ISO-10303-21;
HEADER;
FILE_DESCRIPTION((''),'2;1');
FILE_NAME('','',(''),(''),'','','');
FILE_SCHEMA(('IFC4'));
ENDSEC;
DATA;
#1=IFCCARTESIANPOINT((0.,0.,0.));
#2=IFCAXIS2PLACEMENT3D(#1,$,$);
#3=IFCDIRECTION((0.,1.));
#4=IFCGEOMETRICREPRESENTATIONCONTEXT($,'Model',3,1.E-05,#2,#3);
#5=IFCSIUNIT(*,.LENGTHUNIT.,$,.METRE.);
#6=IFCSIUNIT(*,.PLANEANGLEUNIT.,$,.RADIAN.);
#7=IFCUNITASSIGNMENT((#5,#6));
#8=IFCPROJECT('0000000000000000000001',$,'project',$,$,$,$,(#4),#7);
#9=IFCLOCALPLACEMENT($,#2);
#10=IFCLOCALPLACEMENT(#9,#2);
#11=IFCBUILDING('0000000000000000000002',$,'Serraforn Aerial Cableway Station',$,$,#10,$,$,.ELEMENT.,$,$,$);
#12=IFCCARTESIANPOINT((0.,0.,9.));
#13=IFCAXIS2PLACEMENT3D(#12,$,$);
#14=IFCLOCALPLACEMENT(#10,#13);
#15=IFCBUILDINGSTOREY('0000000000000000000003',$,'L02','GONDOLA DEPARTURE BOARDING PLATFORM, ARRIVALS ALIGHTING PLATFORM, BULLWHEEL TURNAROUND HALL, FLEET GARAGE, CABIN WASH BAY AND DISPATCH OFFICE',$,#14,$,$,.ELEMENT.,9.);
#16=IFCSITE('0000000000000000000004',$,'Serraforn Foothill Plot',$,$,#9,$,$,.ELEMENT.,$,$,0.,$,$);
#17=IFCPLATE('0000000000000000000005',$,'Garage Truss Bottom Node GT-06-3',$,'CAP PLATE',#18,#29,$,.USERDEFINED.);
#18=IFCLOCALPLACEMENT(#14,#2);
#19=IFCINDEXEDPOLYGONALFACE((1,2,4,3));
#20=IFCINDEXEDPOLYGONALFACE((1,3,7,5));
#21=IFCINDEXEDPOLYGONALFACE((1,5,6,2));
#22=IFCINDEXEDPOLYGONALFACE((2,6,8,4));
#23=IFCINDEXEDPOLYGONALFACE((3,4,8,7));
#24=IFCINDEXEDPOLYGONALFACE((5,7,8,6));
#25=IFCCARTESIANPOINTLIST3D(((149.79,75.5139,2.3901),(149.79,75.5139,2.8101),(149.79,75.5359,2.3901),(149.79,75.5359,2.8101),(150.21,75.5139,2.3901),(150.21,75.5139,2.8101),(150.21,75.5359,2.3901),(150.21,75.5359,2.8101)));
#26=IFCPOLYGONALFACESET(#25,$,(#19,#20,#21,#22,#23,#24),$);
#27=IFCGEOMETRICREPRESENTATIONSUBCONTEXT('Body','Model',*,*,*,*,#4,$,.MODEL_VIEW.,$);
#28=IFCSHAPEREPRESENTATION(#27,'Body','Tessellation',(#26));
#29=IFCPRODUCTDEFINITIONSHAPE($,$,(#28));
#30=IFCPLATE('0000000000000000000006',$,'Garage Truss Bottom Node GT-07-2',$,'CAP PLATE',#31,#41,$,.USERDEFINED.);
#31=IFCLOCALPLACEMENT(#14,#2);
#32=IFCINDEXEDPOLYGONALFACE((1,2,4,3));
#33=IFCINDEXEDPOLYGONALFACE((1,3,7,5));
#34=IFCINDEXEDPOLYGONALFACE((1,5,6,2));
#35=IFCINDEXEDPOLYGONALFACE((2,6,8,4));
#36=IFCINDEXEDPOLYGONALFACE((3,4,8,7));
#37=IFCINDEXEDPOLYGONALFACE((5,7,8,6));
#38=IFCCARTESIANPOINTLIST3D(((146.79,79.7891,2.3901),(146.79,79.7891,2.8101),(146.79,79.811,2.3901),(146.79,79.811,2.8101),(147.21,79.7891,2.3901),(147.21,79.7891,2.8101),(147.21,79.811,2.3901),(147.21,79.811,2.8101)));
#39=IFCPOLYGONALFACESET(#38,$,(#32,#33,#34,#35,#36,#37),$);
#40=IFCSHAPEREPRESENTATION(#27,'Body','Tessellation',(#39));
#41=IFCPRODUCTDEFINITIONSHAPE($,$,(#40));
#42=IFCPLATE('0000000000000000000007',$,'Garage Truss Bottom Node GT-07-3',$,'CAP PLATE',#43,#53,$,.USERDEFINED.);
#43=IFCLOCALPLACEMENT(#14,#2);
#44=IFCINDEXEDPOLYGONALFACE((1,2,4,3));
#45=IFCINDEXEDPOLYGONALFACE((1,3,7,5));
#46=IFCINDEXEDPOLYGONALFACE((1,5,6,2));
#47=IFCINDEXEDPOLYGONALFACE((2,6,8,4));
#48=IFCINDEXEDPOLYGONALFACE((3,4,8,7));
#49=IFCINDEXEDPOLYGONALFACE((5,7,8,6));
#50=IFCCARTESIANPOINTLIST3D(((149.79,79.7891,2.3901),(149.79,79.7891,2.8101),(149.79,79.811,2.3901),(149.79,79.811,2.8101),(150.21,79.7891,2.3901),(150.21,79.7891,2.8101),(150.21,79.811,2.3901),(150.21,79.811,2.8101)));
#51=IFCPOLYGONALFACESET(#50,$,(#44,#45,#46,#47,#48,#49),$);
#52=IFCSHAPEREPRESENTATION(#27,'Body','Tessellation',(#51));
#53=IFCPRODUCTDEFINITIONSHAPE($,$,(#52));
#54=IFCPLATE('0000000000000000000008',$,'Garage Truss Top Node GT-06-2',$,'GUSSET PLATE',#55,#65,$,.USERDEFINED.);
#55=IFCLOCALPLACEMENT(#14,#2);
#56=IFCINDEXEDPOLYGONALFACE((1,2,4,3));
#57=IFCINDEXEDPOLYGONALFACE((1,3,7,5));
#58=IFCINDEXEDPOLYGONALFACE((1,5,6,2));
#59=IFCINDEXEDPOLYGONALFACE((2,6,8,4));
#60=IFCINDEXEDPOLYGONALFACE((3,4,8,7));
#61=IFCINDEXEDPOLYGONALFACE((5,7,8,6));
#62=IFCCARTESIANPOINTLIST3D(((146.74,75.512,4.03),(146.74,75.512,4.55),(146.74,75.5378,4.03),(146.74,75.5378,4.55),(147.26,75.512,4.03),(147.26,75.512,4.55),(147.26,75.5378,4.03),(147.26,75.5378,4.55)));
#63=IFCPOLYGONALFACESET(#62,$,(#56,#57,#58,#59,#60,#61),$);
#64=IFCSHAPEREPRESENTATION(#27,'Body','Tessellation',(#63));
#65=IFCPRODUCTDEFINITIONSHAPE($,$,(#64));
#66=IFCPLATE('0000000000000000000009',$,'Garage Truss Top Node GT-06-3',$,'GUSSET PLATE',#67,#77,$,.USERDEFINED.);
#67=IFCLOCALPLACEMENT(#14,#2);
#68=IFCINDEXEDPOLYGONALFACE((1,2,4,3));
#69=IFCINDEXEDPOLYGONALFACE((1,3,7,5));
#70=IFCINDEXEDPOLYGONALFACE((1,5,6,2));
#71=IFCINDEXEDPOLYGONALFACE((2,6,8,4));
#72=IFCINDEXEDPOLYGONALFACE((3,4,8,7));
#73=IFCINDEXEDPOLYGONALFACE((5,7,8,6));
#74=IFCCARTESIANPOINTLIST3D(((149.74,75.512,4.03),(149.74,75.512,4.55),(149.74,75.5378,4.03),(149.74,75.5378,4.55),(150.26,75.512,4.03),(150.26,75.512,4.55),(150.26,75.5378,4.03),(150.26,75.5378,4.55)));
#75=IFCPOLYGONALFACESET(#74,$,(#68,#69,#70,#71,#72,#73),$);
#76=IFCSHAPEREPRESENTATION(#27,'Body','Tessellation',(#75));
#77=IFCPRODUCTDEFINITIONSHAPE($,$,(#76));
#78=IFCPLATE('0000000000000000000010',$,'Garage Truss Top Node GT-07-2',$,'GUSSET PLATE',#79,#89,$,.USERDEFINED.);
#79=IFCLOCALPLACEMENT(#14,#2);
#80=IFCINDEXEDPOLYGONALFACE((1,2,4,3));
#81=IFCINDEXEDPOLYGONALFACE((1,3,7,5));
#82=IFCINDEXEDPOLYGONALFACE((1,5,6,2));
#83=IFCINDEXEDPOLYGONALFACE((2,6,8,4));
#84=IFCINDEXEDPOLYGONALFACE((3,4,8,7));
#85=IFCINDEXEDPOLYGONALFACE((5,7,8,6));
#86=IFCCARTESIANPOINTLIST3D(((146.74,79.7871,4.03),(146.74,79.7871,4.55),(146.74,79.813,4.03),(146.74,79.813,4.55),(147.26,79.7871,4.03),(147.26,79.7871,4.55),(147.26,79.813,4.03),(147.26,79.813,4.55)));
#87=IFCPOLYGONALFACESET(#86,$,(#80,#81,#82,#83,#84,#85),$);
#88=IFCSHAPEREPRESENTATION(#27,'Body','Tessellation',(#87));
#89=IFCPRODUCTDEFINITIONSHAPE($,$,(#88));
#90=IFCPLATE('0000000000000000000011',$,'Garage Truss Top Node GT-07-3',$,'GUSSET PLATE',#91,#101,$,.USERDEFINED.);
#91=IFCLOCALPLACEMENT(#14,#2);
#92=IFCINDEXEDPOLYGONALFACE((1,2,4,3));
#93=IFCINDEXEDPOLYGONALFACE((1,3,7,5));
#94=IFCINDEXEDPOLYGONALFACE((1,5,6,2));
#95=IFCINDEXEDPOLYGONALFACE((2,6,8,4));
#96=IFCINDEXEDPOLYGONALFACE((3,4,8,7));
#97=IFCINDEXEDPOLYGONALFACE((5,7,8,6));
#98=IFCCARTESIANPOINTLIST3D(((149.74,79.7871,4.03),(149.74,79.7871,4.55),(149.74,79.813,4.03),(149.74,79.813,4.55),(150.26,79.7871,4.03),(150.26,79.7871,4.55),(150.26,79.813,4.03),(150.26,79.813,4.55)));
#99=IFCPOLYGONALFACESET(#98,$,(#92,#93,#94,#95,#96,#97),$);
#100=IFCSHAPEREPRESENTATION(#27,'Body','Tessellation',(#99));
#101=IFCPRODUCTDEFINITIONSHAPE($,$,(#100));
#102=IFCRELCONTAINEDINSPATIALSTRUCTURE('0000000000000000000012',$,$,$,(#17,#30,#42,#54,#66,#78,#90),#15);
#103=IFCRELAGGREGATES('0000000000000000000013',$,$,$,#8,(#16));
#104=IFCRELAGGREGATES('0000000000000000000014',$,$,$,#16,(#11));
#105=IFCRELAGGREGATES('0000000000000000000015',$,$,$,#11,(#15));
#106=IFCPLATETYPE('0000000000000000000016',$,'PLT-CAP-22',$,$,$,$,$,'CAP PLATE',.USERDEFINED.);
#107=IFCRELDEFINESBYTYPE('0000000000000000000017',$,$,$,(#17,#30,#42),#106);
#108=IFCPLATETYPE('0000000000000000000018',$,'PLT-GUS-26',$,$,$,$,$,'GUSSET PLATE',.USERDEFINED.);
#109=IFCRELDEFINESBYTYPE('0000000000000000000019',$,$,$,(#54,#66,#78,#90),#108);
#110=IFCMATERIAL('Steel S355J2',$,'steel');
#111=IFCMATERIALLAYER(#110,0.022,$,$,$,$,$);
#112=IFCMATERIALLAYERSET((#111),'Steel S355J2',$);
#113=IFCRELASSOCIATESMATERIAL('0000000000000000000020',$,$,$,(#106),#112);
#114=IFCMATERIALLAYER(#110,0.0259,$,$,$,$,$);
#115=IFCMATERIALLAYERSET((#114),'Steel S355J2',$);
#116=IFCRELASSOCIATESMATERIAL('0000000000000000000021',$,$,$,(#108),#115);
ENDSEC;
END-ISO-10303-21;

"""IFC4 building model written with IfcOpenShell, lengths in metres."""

from ifc_helpers import new_model, si_unit, direction, frame, origin, origin_2d, place, context, subcontext, project, spatial, rectangle, extrude, material, layer, layer_set, type_object, element, save


model = new_model("IFC4")

# Units and contexts
model_context = context("Model", 3, precision=1e-05, world=origin(), true_north=direction((0.0, 1.0)))
body_context = subcontext(model_context, "Body", "Model", "MODEL_VIEW")
ifc_project = project(units=[si_unit("LENGTHUNIT", "METRE"), si_unit("PLANEANGLEUNIT", "RADIAN")], contexts=[model_context])

# Site, building, storey
site_placement = place(None, origin())
site = spatial("IfcSite", under=ifc_project, at=site_placement, Name="Serraforn Foothill Plot", CompositionType="ELEMENT", RefElevation=0.0)
building_placement = place(site_placement, origin())
building = spatial("IfcBuilding", under=site, at=building_placement, Name="Serraforn Aerial Cableway Station", CompositionType="ELEMENT")
storey_placement = place(building_placement, frame((0.0, 0.0, 9.0)))
storey = spatial("IfcBuildingStorey", under=building, at=storey_placement, Name="L02", Description="GONDOLA DEPARTURE BOARDING PLATFORM, ARRIVALS ALIGHTING PLATFORM, BULLWHEEL TURNAROUND HALL, FLEET GARAGE, CABIN WASH BAY AND DISPATCH OFFICE", CompositionType="ELEMENT", Elevation=9.0)

# Shared definitions
ifc_material_1 = material(Name="Steel S355J2", Category="steel")

# Plates
ifc_layer_1 = layer(ifc_material_1, 0.022)
ifc_layer_set_1 = layer_set([ifc_layer_1], Name="Steel S355J2")
plate_type_1 = type_object("IfcPlateType", Name="PLT-CAP-22", ElementType="CAP PLATE", PredefinedType="USERDEFINED", material=ifc_layer_set_1)
for number, where, z_axis, x_axis, name in (
    (1, (150.0, 75.5249, 2.3901), (0.0, 0.0, 1.0), (1.0, 0.0, 0.0), "Garage Truss Bottom Node GT-06-3"),
    (2, (147.0, 79.8, 2.3901), (0.0, 0.0, 1.0), (1.0, 0.0, 0.0), "Garage Truss Bottom Node GT-07-2"),
    (3, (150.0, 79.8, 2.3901), (0.0, 0.0, 1.0), (1.0, 0.0, 0.0), "Garage Truss Bottom Node GT-07-3"),
):
    element("IfcPlate", number, at=place(storey_placement, frame(where, z_axis=z_axis, x_axis=x_axis)), inside=storey, type_object=plate_type_1, Name=name, ObjectType="CAP PLATE", PredefinedType="USERDEFINED", context=body_context, shape_type="SweptSolid", body=[
        extrude(rectangle(XDim=0.4199, YDim=0.022, at=origin_2d()), origin(), (0.0, 0.0, 1.0), 0.4199),
    ])
ifc_layer_2 = layer(ifc_material_1, 0.0259)
ifc_layer_set_2 = layer_set([ifc_layer_2], Name="Steel S355J2")
plate_type_2 = type_object("IfcPlateType", Name="PLT-GUS-26", ElementType="GUSSET PLATE", PredefinedType="USERDEFINED", material=ifc_layer_set_2)
for number, where, z_axis, x_axis, name in (
    (4, (147.0, 75.5249, 4.03), (0.0, 0.0, 1.0), (1.0, 0.0, 0.0), "Garage Truss Top Node GT-06-2"),
    (5, (150.0, 75.5249, 4.03), (0.0, 0.0, 1.0), (1.0, 0.0, 0.0), "Garage Truss Top Node GT-06-3"),
    (6, (147.0, 79.8, 4.03), (0.0, 0.0, 1.0), (1.0, 0.0, 0.0), "Garage Truss Top Node GT-07-2"),
    (7, (150.0, 79.8, 4.03), (0.0, 0.0, 1.0), (1.0, 0.0, 0.0), "Garage Truss Top Node GT-07-3"),
):
    element("IfcPlate", number, at=place(storey_placement, frame(where, z_axis=z_axis, x_axis=x_axis)), inside=storey, type_object=plate_type_2, Name=name, ObjectType="GUSSET PLATE", PredefinedType="USERDEFINED", context=body_context, shape_type="SweptSolid", body=[
        extrude(rectangle(XDim=0.52, YDim=0.0259, at=origin_2d()), origin(), (0.0, 0.0, 1.0), 0.52),
    ])

save(model, "model.ifc")
